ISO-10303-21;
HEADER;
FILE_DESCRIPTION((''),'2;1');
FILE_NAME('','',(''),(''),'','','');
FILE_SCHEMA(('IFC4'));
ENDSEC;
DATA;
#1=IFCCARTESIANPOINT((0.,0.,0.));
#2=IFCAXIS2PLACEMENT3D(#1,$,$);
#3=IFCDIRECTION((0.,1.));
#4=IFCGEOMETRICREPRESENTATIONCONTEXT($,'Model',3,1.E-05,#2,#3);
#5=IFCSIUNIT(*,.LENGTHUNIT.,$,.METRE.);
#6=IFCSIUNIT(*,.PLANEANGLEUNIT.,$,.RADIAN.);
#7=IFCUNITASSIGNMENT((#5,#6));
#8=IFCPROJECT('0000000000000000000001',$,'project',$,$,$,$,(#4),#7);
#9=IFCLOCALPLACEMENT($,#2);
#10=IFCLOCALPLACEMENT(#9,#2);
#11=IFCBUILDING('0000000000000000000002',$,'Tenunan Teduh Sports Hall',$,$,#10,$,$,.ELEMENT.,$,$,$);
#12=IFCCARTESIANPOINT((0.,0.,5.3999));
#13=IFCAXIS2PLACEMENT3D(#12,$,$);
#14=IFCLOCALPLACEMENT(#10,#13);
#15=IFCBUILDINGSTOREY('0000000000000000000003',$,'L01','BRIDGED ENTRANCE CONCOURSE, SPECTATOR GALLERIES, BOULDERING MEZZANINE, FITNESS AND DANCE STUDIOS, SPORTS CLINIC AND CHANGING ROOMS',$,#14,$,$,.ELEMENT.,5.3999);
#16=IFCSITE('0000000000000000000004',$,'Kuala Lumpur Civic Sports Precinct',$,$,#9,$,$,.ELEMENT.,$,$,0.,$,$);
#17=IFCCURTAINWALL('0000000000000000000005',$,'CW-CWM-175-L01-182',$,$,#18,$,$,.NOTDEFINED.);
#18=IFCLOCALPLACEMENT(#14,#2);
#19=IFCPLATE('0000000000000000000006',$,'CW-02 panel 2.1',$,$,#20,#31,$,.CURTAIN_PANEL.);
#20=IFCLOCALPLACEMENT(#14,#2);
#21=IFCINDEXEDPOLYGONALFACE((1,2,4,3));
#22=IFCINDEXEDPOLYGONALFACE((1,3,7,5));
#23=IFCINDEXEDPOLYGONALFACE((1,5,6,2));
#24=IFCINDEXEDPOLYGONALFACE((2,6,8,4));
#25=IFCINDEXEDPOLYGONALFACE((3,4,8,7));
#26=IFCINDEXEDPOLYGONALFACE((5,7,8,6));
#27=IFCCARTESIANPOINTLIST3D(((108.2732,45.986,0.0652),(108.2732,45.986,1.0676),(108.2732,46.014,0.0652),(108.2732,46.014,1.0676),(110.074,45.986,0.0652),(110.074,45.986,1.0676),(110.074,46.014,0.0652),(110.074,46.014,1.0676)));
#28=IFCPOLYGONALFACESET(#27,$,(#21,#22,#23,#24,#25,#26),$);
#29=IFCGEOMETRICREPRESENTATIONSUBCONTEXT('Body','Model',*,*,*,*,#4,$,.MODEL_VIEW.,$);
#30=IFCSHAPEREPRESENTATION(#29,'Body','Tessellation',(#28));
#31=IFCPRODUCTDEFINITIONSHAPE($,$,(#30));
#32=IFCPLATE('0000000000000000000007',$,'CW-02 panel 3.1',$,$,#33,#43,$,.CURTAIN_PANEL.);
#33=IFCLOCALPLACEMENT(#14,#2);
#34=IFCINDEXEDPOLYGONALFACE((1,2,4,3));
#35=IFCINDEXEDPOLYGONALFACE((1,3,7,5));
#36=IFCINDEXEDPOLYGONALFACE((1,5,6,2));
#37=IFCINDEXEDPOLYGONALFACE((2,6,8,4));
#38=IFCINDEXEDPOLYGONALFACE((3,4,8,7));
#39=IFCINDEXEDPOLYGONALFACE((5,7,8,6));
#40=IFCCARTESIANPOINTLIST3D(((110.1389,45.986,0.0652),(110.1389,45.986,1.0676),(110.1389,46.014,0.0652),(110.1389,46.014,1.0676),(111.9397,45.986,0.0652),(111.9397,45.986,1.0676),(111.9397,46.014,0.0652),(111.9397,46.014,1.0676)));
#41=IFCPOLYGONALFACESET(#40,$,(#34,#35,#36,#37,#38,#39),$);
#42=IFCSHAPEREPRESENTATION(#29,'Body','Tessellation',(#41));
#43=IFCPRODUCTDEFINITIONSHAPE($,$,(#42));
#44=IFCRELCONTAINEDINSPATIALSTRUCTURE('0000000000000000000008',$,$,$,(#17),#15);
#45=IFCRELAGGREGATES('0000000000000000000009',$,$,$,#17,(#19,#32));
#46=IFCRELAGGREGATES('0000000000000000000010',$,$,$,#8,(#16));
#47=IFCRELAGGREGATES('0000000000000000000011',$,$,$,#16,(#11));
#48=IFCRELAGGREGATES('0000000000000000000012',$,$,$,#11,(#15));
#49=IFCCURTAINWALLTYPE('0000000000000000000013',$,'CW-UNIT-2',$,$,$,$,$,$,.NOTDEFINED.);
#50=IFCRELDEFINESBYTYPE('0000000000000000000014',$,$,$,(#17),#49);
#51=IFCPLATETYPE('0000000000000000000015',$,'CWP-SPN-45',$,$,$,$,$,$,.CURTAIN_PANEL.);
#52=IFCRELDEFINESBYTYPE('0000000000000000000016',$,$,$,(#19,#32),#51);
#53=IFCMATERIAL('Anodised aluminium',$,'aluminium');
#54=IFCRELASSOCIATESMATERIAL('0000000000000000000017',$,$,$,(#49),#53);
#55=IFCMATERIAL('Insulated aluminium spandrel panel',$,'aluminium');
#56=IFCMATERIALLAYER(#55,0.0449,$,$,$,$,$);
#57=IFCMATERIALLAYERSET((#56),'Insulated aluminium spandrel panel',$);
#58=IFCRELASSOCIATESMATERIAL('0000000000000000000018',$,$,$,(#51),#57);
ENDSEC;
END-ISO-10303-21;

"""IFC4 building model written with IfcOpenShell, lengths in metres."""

from ifc_helpers import new_model, si_unit, direction, frame, origin, origin_2d, place, context, subcontext, project, spatial, rectangle, extrude, material, layer, layer_set, type_object, element, aggregate, save


model = new_model("IFC4")

# Units and contexts
model_context = context("Model", 3, precision=1e-05, world=origin(), true_north=direction((0.0, 1.0)))
body_context = subcontext(model_context, "Body", "Model", "MODEL_VIEW")
ifc_project = project(units=[si_unit("LENGTHUNIT", "METRE"), si_unit("PLANEANGLEUNIT", "RADIAN")], contexts=[model_context])

# Site, building, storey
site_placement = place(None, origin())
site = spatial("IfcSite", under=ifc_project, at=site_placement, Name="Kuala Lumpur Civic Sports Precinct", CompositionType="ELEMENT", RefElevation=0.0)
building_placement = place(site_placement, origin())
building = spatial("IfcBuilding", under=site, at=building_placement, Name="Tenunan Teduh Sports Hall", CompositionType="ELEMENT")
storey_placement = place(building_placement, frame((0.0, 0.0, 5.3999)))
storey = spatial("IfcBuildingStorey", under=building, at=storey_placement, Name="L01", Description="BRIDGED ENTRANCE CONCOURSE, SPECTATOR GALLERIES, BOULDERING MEZZANINE, FITNESS AND DANCE STUDIOS, SPORTS CLINIC AND CHANGING ROOMS", CompositionType="ELEMENT", Elevation=5.3999)

# Curtain wall
ifc_material_1 = material(Name="Anodised aluminium", Category="aluminium")
curtain_wall_type = type_object("IfcCurtainWallType", Name="CW-UNIT-2", PredefinedType="NOTDEFINED", material=ifc_material_1)
curtain_wall_placement = place(storey_placement, origin())
curtain_wall = element("IfcCurtainWall", 1, at=curtain_wall_placement, inside=storey, type_object=curtain_wall_type, Name="CW-CWM-175-L01-182", PredefinedType="NOTDEFINED")

# Plates
ifc_material_2 = material(Name="Insulated aluminium spandrel panel", Category="aluminium")
ifc_layer_1 = layer(ifc_material_2, 0.0449)
ifc_layer_set_1 = layer_set([ifc_layer_1], Name="Insulated aluminium spandrel panel")
plate_type_1 = type_object("IfcPlateType", Name="CWP-SPN-45", PredefinedType="CURTAIN_PANEL", material=ifc_layer_set_1)
plate_1_placement = place(storey_placement, frame((109.1736, 46.0, 0.0652), z_axis=(0.0, 0.0, 1.0), x_axis=(1.0, 0.0, 0.0)))
plate_1 = element("IfcPlate", 2, at=plate_1_placement, type_object=plate_type_1, Name="CW-02 panel 2.1", PredefinedType="CURTAIN_PANEL", context=body_context, shape_type="SweptSolid", body=[
    extrude(rectangle(XDim=1.8008, YDim=0.0281, at=origin_2d()), origin(), (0.0, 0.0, 1.0), 1.0024),
])
plate_2_placement = place(storey_placement, frame((111.0393, 46.0, 0.0652), z_axis=(0.0, 0.0, 1.0), x_axis=(1.0, 0.0, 0.0)))
plate_2 = element("IfcPlate", 3, at=plate_2_placement, type_object=plate_type_1, Name="CW-02 panel 3.1", PredefinedType="CURTAIN_PANEL", context=body_context, shape_type="SweptSolid", body=[
    extrude(rectangle(XDim=1.8008, YDim=0.0281, at=origin_2d()), origin(), (0.0, 0.0, 1.0), 1.0024),
])
aggregate(curtain_wall, [plate_1, plate_2])

save(model, "model.ifc")
